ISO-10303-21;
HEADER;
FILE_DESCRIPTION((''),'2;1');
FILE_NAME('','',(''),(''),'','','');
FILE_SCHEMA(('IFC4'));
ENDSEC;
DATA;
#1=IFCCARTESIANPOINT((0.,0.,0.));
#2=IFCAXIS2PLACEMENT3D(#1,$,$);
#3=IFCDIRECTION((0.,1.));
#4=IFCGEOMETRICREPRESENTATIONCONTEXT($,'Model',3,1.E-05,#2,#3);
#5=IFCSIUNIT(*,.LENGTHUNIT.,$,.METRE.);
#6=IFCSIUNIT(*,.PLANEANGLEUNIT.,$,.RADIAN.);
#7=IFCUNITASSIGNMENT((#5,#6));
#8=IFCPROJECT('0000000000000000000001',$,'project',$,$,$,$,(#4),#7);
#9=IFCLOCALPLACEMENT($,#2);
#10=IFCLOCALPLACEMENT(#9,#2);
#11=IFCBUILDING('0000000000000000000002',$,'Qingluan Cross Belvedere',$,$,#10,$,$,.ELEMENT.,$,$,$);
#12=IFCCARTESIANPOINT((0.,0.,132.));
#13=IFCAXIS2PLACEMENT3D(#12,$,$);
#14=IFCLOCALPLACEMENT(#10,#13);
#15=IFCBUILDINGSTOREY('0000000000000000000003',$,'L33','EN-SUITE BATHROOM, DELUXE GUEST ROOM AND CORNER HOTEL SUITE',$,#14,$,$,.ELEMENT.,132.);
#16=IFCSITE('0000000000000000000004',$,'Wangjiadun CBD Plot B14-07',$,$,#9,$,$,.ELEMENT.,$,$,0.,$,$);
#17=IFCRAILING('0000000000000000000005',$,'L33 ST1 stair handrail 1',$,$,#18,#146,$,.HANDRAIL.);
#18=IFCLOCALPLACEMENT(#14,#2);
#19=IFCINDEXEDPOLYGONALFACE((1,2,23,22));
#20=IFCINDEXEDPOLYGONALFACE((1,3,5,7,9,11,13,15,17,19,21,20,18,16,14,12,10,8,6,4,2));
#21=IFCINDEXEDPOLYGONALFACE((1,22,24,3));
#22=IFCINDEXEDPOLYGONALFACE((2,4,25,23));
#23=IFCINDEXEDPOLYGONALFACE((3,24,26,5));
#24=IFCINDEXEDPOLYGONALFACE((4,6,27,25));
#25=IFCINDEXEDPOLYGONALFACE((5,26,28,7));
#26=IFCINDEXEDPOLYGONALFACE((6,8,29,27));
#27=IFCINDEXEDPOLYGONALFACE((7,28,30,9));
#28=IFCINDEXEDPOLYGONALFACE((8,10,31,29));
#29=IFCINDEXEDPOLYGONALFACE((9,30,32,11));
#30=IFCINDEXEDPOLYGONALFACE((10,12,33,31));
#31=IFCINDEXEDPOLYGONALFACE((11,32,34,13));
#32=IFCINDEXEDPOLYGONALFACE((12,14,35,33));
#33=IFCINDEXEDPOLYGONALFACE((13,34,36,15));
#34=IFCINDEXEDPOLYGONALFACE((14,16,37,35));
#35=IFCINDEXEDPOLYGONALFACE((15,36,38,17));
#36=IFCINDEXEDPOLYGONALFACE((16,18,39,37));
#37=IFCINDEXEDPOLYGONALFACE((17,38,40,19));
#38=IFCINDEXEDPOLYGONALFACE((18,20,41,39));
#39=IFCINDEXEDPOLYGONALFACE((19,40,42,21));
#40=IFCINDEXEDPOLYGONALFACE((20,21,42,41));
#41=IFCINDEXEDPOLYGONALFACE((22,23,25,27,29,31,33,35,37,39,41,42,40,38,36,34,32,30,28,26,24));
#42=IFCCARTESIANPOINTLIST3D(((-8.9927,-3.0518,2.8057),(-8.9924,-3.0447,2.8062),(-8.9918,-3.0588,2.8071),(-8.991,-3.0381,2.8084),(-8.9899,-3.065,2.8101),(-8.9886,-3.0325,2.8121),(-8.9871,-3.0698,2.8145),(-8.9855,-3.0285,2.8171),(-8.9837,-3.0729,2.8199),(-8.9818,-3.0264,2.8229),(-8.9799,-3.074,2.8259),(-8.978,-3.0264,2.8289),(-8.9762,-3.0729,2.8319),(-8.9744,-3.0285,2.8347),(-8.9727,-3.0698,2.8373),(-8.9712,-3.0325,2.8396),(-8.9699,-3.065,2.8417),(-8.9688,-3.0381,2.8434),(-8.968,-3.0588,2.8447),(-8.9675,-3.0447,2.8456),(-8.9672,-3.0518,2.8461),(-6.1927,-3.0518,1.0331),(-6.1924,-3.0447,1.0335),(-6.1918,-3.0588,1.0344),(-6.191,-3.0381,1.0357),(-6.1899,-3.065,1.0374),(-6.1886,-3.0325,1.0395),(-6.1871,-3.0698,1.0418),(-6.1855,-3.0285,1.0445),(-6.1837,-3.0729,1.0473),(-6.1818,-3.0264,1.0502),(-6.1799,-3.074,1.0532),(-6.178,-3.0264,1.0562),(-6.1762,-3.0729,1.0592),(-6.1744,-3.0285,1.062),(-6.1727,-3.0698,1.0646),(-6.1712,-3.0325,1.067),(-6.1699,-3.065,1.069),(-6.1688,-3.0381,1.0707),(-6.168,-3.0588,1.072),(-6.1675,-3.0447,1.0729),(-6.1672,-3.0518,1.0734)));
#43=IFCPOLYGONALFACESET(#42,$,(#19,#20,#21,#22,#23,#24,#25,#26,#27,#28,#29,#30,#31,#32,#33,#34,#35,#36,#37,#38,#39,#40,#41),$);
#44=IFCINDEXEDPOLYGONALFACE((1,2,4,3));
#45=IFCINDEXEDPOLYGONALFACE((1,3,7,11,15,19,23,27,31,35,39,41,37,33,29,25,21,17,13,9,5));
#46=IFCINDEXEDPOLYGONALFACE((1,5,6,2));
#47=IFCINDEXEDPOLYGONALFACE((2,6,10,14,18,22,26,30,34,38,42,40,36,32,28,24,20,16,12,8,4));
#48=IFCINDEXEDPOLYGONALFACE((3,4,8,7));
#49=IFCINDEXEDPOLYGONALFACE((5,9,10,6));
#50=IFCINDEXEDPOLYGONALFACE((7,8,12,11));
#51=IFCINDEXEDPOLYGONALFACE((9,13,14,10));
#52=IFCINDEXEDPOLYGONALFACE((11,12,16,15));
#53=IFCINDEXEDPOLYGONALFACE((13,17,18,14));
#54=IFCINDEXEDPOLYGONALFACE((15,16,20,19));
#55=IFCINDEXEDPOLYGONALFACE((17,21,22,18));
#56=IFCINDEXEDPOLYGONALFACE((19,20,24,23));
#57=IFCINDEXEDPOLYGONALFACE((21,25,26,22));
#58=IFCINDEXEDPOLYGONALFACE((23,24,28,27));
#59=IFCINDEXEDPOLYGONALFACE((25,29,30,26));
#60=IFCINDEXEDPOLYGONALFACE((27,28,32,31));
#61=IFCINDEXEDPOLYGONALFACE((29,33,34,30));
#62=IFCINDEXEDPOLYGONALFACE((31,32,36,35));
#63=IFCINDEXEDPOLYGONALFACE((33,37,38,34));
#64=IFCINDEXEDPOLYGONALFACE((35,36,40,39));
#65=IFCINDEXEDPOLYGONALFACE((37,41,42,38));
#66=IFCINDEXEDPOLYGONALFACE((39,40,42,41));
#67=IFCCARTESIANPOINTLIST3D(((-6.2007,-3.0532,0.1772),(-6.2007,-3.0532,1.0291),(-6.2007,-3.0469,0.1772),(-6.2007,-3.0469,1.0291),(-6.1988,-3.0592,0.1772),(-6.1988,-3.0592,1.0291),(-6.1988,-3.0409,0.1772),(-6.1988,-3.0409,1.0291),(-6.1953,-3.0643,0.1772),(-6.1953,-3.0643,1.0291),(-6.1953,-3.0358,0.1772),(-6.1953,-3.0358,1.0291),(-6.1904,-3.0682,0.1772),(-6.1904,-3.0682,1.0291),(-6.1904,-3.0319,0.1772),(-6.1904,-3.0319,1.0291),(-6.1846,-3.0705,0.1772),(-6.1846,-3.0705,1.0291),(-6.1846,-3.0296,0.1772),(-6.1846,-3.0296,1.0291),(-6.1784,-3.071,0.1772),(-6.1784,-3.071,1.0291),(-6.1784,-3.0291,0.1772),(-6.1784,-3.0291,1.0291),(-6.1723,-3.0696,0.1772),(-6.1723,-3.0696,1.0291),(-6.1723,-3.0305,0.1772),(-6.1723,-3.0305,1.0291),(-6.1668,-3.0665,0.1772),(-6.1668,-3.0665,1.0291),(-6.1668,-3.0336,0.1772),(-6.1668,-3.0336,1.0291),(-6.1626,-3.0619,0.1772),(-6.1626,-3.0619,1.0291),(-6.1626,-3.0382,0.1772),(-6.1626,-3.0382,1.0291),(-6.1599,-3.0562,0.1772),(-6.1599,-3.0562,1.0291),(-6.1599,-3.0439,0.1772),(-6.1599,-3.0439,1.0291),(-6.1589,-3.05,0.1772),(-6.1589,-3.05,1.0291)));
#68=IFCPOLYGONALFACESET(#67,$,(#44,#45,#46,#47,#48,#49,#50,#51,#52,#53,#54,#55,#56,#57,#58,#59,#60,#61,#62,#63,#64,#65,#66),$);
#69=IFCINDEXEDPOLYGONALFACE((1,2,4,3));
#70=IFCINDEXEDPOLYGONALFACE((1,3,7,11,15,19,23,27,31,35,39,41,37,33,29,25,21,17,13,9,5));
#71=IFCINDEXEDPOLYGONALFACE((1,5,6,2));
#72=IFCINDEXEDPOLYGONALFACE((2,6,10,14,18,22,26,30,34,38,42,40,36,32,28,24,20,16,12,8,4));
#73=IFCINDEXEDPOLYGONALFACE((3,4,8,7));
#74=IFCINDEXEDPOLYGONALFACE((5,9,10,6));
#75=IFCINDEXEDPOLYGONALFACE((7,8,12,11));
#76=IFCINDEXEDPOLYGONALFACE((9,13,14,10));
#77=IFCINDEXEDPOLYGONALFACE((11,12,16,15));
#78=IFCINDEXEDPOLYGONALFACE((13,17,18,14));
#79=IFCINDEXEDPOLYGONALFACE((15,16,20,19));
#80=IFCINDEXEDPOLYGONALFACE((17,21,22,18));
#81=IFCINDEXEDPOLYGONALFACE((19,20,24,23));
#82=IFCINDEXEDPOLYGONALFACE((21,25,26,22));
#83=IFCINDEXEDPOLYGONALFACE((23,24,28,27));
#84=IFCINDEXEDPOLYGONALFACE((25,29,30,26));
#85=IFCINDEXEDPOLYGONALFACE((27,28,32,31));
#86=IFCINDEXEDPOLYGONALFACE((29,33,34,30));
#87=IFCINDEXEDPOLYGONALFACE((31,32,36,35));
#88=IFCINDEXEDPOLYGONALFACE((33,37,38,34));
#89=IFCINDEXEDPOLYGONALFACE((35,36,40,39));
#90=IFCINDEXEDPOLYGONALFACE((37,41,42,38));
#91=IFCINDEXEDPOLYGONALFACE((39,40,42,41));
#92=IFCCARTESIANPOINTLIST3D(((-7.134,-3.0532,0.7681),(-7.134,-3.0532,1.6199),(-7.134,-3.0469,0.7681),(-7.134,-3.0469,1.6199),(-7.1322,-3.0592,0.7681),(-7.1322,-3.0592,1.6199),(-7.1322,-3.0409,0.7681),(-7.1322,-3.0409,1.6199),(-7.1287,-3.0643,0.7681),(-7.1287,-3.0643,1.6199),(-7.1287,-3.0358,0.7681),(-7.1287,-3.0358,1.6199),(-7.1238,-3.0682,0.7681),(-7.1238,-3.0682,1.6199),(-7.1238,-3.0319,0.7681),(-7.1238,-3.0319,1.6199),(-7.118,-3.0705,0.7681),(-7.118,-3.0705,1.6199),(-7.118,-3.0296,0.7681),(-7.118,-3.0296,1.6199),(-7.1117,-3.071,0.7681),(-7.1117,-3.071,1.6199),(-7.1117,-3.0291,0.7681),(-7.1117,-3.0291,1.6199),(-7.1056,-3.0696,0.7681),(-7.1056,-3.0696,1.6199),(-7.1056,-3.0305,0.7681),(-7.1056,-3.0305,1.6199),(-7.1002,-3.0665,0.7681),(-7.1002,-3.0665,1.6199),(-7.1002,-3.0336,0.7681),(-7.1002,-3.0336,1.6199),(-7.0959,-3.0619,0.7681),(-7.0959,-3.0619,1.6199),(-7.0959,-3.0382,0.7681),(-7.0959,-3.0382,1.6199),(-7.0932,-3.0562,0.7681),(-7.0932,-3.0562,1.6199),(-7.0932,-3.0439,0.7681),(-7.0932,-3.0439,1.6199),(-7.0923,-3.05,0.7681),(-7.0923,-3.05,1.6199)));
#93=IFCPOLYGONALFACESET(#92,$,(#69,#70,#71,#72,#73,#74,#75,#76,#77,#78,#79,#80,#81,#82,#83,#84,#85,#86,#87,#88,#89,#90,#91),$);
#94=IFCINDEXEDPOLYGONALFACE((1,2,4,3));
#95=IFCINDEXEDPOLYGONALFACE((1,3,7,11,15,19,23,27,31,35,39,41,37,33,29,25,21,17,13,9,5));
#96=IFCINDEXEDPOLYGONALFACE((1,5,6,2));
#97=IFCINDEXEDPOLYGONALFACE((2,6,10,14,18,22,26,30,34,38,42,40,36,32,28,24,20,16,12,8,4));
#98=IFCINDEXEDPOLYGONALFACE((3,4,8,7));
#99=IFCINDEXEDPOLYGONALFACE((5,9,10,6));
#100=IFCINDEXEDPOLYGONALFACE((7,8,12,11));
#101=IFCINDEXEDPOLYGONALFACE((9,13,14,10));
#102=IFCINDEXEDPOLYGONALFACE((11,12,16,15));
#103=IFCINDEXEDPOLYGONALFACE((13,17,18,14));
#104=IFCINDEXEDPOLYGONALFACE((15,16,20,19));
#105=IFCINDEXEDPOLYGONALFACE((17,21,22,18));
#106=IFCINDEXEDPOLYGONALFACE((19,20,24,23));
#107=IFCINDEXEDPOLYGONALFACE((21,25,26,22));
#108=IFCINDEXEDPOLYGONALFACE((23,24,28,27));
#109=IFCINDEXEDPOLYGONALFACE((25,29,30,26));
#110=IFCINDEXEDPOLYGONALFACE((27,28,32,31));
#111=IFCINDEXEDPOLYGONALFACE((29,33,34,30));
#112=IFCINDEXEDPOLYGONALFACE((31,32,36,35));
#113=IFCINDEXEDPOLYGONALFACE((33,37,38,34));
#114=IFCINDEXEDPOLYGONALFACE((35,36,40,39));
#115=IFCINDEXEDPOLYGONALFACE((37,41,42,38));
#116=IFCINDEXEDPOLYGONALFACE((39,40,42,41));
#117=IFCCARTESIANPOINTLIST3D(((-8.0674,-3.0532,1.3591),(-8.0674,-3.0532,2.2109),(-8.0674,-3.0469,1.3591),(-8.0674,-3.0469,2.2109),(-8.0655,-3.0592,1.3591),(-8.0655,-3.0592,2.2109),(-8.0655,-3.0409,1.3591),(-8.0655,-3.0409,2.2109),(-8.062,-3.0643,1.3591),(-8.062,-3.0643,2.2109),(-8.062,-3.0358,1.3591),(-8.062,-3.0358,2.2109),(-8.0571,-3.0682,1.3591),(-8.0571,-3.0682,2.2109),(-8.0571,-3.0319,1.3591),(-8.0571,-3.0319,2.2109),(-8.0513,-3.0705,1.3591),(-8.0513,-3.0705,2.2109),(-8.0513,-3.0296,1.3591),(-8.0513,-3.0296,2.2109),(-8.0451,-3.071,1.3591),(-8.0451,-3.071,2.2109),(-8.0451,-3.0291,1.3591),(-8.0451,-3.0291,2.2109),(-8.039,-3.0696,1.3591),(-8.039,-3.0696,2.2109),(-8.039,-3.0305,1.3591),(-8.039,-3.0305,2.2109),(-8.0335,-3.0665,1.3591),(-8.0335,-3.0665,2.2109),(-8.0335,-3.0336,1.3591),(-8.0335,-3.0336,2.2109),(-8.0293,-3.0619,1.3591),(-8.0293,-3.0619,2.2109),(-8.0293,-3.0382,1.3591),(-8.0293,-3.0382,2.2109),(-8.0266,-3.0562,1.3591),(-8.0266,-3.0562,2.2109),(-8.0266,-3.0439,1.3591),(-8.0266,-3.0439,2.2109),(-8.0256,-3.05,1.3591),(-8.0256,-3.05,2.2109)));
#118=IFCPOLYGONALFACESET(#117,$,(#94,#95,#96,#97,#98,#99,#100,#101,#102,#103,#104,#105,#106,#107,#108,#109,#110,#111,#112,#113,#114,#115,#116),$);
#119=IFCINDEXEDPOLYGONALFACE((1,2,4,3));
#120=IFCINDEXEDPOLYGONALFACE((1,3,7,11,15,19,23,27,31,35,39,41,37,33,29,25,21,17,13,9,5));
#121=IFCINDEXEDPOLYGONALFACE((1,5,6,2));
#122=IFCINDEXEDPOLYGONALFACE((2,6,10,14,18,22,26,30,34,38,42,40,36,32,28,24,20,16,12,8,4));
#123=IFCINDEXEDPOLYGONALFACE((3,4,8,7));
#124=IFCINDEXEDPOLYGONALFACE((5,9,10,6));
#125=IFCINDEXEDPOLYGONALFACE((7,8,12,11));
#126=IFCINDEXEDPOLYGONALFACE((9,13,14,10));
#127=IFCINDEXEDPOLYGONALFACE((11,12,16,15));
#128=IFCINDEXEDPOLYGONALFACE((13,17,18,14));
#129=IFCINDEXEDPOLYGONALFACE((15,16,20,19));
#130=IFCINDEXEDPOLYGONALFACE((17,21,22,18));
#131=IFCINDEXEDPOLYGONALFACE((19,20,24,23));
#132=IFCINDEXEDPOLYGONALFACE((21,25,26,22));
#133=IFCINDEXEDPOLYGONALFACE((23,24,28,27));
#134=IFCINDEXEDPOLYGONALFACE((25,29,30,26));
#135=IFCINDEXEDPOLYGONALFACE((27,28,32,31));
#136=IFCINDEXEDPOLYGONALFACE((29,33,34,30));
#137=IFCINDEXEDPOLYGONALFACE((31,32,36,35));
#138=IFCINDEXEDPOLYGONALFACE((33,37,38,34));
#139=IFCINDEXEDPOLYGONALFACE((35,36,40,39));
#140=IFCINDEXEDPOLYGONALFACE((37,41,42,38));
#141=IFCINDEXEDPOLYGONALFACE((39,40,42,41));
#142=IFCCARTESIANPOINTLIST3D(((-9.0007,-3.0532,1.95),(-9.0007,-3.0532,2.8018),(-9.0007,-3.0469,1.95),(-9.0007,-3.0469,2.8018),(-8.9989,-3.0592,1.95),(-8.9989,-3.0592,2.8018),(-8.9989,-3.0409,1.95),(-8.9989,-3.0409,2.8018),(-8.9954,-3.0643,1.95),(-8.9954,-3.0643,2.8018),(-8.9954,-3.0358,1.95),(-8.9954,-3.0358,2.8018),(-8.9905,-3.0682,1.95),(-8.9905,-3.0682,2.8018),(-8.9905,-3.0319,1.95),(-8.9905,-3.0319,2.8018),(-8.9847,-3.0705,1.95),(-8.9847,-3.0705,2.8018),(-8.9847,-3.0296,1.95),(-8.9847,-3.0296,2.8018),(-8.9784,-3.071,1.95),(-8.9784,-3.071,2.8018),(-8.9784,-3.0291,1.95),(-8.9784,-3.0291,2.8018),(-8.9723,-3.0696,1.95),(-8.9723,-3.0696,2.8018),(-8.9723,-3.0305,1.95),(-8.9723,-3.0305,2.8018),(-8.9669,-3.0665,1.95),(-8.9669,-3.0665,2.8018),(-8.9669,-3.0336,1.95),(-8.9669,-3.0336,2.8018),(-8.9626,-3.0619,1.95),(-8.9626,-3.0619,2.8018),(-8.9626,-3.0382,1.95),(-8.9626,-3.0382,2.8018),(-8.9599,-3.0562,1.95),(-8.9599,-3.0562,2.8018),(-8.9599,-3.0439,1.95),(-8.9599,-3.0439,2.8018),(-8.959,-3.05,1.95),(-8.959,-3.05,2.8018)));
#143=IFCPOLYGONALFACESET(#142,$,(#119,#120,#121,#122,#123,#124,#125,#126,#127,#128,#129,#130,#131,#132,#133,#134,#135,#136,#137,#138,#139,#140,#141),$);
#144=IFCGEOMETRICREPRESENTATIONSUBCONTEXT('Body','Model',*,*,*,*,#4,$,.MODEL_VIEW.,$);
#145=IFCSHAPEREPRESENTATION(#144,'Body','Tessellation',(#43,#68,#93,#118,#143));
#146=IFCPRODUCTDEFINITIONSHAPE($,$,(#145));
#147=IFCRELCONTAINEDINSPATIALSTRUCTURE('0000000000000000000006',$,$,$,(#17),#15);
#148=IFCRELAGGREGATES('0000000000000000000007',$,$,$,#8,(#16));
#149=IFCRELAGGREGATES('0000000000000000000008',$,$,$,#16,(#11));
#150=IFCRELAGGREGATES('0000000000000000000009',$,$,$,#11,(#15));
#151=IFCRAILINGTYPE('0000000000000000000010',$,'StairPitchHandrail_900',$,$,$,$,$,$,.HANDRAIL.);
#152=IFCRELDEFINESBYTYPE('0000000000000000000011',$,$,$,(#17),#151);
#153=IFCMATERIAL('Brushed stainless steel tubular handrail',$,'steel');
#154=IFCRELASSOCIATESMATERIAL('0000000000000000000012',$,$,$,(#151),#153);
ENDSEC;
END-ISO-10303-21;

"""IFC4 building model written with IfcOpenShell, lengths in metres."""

from ifc_helpers import new_model, si_unit, direction, frame, origin, origin_2d, place, context, subcontext, project, spatial, circle, extrude, material, type_object, element, save


model = new_model("IFC4")

# Units and contexts
model_context = context("Model", 3, precision=1e-05, world=origin(), true_north=direction((0.0, 1.0)))
body_context = subcontext(model_context, "Body", "Model", "MODEL_VIEW")
ifc_project = project(units=[si_unit("LENGTHUNIT", "METRE"), si_unit("PLANEANGLEUNIT", "RADIAN")], contexts=[model_context])

# Site, building, storey
site_placement = place(None, origin())
site = spatial("IfcSite", under=ifc_project, at=site_placement, Name="Wangjiadun CBD Plot B14-07", CompositionType="ELEMENT", RefElevation=0.0)
building_placement = place(site_placement, origin())
building = spatial("IfcBuilding", under=site, at=building_placement, Name="Qingluan Cross Belvedere", CompositionType="ELEMENT")
storey_placement = place(building_placement, frame((0.0, 0.0, 132.0)))
storey = spatial("IfcBuildingStorey", under=building, at=storey_placement, Name="L33", Description="EN-SUITE BATHROOM, DELUXE GUEST ROOM AND CORNER HOTEL SUITE", CompositionType="ELEMENT", Elevation=132.0)

# Railing
ifc_material_1 = material(Name="Brushed stainless steel tubular handrail", Category="steel")
railing_type_1 = type_object("IfcRailingType", Name="StairPitchHandrail_900", PredefinedType="HANDRAIL", material=ifc_material_1)
railing_1_placement = place(storey_placement, frame((-6.1799, -3.05, 0.1772)))
element("IfcRailing", 1, at=railing_1_placement, inside=storey, type_object=railing_type_1, Name="L33 ST1 stair handrail 1", PredefinedType="HANDRAIL", context=body_context, shape_type="SweptSolid", body=[
    extrude(circle(Radius=0.0239, at=origin_2d()), frame((0.0, 0.0, 0.876), z_axis=(-0.844909, 0.0, 0.53491), x_axis=(0.0, -1.0, 0.0)), (0.0, 0.0, 1.0), 3.314),
    extrude(circle(Radius=0.021, at=origin_2d()), origin(), (0.0, 0.0, 1.0), 0.8518),
    extrude(circle(Radius=0.021, at=origin_2d()), frame((-0.9333, 0.0, 0.5908)), (0.0, 0.0, 1.0), 0.8518),
    extrude(circle(Radius=0.021, at=origin_2d()), frame((-1.8667, 0.0, 1.1819)), (0.0, 0.0, 1.0), 0.8518),
    extrude(circle(Radius=0.021, at=origin_2d()), frame((-2.8, 0.0, 1.7727)), (0.0, 0.0, 1.0), 0.8518),
])

save(model, "model.ifc")
